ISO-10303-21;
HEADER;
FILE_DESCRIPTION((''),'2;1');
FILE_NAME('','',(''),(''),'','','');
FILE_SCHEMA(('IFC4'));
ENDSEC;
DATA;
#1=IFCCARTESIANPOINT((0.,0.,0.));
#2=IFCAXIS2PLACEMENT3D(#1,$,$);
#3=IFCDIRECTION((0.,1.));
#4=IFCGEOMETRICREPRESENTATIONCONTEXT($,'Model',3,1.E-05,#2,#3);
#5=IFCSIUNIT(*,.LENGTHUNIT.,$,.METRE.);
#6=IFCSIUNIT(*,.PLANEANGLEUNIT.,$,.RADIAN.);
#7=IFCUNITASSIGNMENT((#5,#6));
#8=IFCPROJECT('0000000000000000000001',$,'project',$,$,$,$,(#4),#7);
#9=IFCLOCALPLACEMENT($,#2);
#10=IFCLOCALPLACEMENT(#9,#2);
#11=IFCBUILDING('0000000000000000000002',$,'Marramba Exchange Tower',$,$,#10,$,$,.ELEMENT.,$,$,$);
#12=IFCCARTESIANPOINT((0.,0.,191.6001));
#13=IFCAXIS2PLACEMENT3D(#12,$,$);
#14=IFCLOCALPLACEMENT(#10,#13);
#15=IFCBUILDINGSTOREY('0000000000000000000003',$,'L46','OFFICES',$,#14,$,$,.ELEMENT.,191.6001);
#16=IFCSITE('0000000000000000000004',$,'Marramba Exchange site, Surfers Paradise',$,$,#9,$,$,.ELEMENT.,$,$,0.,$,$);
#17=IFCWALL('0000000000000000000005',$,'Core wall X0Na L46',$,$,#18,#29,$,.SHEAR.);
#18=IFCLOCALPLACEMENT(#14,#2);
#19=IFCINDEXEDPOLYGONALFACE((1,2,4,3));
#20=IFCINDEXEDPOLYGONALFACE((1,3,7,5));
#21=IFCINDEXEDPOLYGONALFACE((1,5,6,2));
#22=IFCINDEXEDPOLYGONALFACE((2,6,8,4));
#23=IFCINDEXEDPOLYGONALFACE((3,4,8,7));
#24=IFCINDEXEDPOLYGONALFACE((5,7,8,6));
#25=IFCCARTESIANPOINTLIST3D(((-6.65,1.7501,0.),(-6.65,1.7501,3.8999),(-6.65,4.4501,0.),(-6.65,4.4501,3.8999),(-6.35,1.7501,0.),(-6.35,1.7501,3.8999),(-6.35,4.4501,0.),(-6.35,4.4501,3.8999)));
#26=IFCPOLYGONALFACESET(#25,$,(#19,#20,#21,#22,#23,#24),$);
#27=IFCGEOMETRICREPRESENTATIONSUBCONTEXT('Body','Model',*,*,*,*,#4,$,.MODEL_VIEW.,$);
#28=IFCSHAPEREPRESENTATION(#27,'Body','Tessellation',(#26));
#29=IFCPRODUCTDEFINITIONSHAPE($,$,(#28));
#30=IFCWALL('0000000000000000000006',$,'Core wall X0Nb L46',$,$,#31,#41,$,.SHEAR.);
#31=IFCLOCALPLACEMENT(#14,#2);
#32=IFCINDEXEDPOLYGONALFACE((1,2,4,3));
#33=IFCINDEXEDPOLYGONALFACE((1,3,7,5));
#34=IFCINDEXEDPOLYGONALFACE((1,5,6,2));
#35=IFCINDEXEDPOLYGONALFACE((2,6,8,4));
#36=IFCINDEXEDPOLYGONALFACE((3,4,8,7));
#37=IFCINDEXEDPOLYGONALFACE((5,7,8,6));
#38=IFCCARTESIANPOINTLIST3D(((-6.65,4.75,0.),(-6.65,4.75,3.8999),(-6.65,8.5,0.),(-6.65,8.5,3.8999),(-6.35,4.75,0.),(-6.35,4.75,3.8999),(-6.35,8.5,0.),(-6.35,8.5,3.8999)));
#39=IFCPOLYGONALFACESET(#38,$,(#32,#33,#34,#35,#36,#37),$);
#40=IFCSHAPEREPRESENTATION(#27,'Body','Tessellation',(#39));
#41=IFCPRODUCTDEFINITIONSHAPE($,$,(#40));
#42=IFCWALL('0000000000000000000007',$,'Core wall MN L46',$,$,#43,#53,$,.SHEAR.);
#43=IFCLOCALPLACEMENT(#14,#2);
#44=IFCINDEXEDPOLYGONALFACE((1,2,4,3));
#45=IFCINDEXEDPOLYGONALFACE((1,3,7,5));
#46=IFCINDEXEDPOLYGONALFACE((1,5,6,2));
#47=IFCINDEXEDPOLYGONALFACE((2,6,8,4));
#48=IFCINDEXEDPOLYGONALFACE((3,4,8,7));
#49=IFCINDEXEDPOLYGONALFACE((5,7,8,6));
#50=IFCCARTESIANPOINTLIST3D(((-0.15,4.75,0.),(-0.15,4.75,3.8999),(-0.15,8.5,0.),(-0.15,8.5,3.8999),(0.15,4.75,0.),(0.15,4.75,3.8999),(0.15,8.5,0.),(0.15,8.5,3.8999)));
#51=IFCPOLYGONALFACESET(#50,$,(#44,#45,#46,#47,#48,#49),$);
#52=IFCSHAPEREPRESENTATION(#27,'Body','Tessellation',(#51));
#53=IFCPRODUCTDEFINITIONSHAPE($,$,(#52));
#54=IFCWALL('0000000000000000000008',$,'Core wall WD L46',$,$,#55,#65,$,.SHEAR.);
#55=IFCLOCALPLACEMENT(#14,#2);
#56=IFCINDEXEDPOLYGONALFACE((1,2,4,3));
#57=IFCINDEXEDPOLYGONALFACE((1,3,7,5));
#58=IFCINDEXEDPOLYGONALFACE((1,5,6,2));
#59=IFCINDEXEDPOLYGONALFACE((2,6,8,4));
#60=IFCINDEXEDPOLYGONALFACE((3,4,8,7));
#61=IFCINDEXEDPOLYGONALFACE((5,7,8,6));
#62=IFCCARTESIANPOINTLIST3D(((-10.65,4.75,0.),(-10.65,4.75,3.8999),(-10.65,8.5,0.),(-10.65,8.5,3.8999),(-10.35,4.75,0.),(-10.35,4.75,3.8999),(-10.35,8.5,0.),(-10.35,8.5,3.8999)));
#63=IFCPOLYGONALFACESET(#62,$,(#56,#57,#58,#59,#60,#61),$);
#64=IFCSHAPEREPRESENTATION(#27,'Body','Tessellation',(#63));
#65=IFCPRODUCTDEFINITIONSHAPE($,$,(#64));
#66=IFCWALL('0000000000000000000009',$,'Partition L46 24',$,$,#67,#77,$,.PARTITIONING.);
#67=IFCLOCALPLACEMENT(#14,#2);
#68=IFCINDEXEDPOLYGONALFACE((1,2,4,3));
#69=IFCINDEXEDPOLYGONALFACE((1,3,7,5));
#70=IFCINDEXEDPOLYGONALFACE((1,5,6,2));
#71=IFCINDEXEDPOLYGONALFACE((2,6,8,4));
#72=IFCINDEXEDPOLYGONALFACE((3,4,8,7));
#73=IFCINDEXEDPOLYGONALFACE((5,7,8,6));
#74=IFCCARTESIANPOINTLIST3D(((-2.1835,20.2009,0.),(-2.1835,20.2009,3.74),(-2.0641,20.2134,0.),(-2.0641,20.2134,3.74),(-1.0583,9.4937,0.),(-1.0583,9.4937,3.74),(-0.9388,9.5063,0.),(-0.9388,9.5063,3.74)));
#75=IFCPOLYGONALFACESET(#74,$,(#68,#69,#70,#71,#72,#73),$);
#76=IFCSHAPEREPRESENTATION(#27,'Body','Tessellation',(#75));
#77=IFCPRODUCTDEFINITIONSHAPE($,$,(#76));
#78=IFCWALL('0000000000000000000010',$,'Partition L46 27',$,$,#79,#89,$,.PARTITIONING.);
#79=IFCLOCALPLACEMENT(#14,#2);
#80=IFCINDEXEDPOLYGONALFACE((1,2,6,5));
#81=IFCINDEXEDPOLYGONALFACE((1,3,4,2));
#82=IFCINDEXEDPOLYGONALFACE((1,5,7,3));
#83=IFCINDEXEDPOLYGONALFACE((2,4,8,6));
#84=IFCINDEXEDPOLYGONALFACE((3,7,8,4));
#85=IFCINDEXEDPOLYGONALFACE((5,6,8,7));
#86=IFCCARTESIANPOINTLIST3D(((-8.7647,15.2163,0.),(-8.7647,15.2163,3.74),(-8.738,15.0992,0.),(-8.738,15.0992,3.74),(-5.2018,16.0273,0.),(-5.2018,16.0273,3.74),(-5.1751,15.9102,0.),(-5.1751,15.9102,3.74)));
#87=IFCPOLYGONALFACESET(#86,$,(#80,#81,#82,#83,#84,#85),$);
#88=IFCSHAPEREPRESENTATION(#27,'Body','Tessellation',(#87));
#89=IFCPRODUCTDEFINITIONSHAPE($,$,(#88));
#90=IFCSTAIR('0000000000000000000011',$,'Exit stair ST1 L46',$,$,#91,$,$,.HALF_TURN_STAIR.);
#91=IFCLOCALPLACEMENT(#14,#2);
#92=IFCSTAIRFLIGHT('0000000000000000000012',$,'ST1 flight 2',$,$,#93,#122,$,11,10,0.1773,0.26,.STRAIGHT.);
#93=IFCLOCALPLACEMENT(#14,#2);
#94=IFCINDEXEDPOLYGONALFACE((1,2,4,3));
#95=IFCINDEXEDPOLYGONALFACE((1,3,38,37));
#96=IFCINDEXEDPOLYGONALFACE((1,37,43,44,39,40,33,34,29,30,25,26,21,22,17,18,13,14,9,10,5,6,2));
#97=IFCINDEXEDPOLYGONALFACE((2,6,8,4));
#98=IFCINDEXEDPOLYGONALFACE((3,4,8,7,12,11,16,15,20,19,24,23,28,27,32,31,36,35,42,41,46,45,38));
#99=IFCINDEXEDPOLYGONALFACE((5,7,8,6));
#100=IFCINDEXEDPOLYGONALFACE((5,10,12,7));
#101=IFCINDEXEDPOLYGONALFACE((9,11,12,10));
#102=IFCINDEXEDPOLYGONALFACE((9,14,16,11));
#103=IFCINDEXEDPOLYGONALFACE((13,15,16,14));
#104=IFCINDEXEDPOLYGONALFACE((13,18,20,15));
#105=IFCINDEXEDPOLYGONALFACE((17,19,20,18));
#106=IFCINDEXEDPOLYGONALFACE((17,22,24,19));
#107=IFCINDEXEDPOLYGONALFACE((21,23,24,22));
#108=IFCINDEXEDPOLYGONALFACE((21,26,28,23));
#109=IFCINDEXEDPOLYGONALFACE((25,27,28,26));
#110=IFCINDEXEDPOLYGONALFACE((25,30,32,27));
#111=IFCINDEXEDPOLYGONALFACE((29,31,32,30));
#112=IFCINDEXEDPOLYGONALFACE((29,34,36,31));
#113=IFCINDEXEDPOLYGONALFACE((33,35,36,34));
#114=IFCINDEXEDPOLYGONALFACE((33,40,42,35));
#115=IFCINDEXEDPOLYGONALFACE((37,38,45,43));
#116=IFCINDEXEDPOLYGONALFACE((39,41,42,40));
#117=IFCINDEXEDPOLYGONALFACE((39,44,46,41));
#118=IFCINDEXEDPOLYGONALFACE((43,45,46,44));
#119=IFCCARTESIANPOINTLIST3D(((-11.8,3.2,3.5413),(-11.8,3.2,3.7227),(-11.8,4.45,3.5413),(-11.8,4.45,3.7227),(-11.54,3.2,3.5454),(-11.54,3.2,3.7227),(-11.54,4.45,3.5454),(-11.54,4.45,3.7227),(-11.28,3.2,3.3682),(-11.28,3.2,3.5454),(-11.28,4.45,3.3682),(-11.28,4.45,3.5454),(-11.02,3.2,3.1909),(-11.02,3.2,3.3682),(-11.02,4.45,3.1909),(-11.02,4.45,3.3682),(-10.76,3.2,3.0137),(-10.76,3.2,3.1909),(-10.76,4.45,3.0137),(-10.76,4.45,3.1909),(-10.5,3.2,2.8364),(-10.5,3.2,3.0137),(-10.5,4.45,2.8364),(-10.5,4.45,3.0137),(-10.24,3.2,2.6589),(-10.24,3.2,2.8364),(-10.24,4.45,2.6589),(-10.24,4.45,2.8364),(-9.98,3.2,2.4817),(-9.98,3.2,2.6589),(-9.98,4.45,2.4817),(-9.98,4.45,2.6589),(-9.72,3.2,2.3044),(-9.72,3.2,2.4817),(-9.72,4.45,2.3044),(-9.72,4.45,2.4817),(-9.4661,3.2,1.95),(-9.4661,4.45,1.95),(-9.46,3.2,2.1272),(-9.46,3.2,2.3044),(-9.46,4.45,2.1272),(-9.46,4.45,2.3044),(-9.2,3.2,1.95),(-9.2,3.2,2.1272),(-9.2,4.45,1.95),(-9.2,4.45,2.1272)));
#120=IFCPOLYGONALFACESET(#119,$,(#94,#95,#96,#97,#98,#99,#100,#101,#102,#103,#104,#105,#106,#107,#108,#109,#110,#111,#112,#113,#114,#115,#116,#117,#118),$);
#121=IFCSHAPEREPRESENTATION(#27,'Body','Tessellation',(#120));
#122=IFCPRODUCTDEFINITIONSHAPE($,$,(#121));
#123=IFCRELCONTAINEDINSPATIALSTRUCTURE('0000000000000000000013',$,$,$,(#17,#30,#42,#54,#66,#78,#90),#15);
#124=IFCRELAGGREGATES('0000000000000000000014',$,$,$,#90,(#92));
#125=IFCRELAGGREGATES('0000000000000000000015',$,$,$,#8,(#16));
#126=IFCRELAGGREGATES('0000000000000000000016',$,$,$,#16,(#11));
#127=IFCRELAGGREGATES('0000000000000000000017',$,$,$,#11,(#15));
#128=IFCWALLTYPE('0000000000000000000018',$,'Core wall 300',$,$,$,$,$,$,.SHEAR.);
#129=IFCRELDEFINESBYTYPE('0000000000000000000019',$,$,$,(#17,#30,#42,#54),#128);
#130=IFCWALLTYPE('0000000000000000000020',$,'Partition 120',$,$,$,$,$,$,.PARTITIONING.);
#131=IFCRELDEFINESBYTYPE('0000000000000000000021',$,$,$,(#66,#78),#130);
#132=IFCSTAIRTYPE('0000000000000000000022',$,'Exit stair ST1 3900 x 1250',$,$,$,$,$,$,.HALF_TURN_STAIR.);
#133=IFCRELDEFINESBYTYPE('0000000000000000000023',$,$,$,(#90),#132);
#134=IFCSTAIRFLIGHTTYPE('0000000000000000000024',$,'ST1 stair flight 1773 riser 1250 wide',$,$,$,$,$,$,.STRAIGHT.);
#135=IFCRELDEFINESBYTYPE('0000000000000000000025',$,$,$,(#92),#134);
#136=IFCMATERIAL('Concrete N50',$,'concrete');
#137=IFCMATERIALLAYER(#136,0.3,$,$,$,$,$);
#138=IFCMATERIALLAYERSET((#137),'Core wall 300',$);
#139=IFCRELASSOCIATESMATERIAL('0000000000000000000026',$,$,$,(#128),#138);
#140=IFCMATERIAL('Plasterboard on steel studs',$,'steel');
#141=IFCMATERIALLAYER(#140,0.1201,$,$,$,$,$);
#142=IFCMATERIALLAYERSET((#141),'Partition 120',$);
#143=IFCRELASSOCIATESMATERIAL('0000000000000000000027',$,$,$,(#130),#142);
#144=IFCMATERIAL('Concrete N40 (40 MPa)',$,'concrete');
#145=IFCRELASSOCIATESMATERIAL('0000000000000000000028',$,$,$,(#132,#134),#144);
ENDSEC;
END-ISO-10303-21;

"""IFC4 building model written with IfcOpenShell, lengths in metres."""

from ifc_helpers import new_model, si_unit, direction, frame, frame_2d, origin, place, context, subcontext, project, spatial, polyline, rectangle, outline, extrude, material, layer, layer_set, type_object, element, aggregate, save


model = new_model("IFC4")

# Units and contexts
model_context = context("Model", 3, precision=1e-05, world=origin(), true_north=direction((0.0, 1.0)))
body_context = subcontext(model_context, "Body", "Model", "MODEL_VIEW")
ifc_project = project(units=[si_unit("LENGTHUNIT", "METRE"), si_unit("PLANEANGLEUNIT", "RADIAN")], contexts=[model_context])

# Site, building, storey
site_placement = place(None, origin())
site = spatial("IfcSite", under=ifc_project, at=site_placement, Name="Marramba Exchange site, Surfers Paradise", CompositionType="ELEMENT", RefElevation=0.0)
building_placement = place(site_placement, origin())
building = spatial("IfcBuilding", under=site, at=building_placement, Name="Marramba Exchange Tower", CompositionType="ELEMENT")
storey_placement = place(building_placement, frame((0.0, 0.0, 191.6001)))
storey = spatial("IfcBuildingStorey", under=building, at=storey_placement, Name="L46", Description="OFFICES", CompositionType="ELEMENT", Elevation=191.6001)

# Walls
ifc_material_1 = material(Name="Concrete N50", Category="concrete")
ifc_layer_1 = layer(ifc_material_1, 0.3)
ifc_layer_set_1 = layer_set([ifc_layer_1], Name="Core wall 300")
wall_type_1 = type_object("IfcWallType", Name="Core wall 300", PredefinedType="SHEAR", material=ifc_layer_set_1)
wall_1_placement = place(storey_placement, frame((-6.5, 1.75, 0.0), z_axis=(0.0, 0.0, 1.0), x_axis=(0.0, 1.0, 0.0)))
element("IfcWall", 1, at=wall_1_placement, inside=storey, type_object=wall_type_1, Name="Core wall X0Na L46", PredefinedType="SHEAR", context=body_context, shape_type="SweptSolid", body=[
    extrude(rectangle(XDim=2.7, YDim=0.3, at=frame_2d((1.3501, 0.0))), origin(), (0.0, 0.0, 1.0), 3.8999),
])
for number, where, z_axis, x_axis, name in (
    (2, (-6.5, 4.75, 0.0), (0.0, 0.0, 1.0), (0.0, 1.0, 0.0), "Core wall X0Nb L46"),
    (3, (0.0, 4.75, 0.0), (0.0, 0.0, 1.0), (0.0, 1.0, 0.0), "Core wall MN L46"),
    (4, (-10.5, 4.75, 0.0), (0.0, 0.0, 1.0), (0.0, 1.0, 0.0), "Core wall WD L46"),
):
    element("IfcWall", number, at=place(storey_placement, frame(where, z_axis=z_axis, x_axis=x_axis)), inside=storey, type_object=wall_type_1, Name=name, PredefinedType="SHEAR", context=body_context, shape_type="SweptSolid", body=[
        extrude(rectangle(XDim=3.75, YDim=0.3, at=frame_2d((1.875, 0.0))), origin(), (0.0, 0.0, 1.0), 3.8999),
    ])
ifc_material_2 = material(Name="Plasterboard on steel studs", Category="steel")
ifc_layer_2 = layer(ifc_material_2, 0.1201)
ifc_layer_set_2 = layer_set([ifc_layer_2], Name="Partition 120")
wall_type_2 = type_object("IfcWallType", Name="Partition 120", PredefinedType="PARTITIONING", material=ifc_layer_set_2)
wall_2_placement = place(storey_placement, frame((-0.9985, 9.5, 0.0), z_axis=(0.0, 0.0, 1.0), x_axis=(-0.104518, 0.994523, 0.0)))
element("IfcWall", 5, at=wall_2_placement, inside=storey, type_object=wall_type_2, Name="Partition L46 24", PredefinedType="PARTITIONING", context=body_context, shape_type="SweptSolid", body=[
    extrude(rectangle(XDim=10.7661, YDim=0.1201, at=frame_2d((5.3831, 0.0))), origin(), (0.0, 0.0, 1.0), 3.74),
])

# Wall
wall_3_placement = place(storey_placement, frame((-8.7515, 15.1577, 0.0), z_axis=(0.0, 0.0, 1.0), x_axis=(0.975058, 0.22195, 0.0)))
element("IfcWall", 6, at=wall_3_placement, inside=storey, type_object=wall_type_2, Name="Partition L46 27", PredefinedType="PARTITIONING", context=body_context, shape_type="SweptSolid", body=[
    extrude(rectangle(XDim=3.6541, YDim=0.1201, at=frame_2d((1.8271, 0.0))), origin(), (0.0, 0.0, 1.0), 3.74),
])

# Stair, stair flight
ifc_material_3 = material(Name="Concrete N40 (40 MPa)", Category="concrete")
stair_type = type_object("IfcStairType", Name="Exit stair ST1 3900 x 1250", PredefinedType="HALF_TURN_STAIR", material=ifc_material_3)
stair_placement = place(storey_placement, origin())
stair = element("IfcStair", 7, at=stair_placement, inside=storey, type_object=stair_type, Name="Exit stair ST1 L46", PredefinedType="HALF_TURN_STAIR")
stair_flight_type = type_object("IfcStairFlightType", Name="ST1 stair flight 1773 riser 1250 wide", PredefinedType="STRAIGHT", material=ifc_material_3)
stair_flight_placement = place(storey_placement, frame((-9.2, 3.825, 1.95), z_axis=(0.0, 0.0, 1.0), x_axis=(-1.0, 0.0, 0.0)))
stair_flight = element("IfcStairFlight", 8, at=stair_flight_placement, type_object=stair_flight_type, Name="ST1 flight 2", NumberOfRisers=11, NumberOfTreads=10, PredefinedType="STRAIGHT", RiserHeight=0.1773, TreadLength=0.26, context=body_context, shape_type="SweptSolid", body=[
    extrude(outline(polyline([(0.0, 0.0), (0.0, 0.1772), (0.26, 0.1772), (0.26, 0.3545), (0.52, 0.3545), (0.52, 0.5317), (0.78, 0.5317), (0.78, 0.709), (1.04, 0.709), (1.04, 0.8865), (1.3, 0.8865), (1.3, 1.0637), (1.5601, 1.0637), (1.5601, 1.241), (1.8201, 1.241), (1.8201, 1.4182), (2.0801, 1.4182), (2.0801, 1.5955), (2.3401, 1.5955), (2.3401, 1.7727), (2.6001, 1.7727), (2.6001, 1.95), (2.6001, 1.5913), (0.2661, 0.0), (0.0, 0.0)])), frame((0.0, 0.625, 0.0), z_axis=(0.0, -1.0, 0.0), x_axis=(1.0, 0.0, 0.0)), (0.0, 0.0, 1.0), 1.25),
])
aggregate(stair, [stair_flight])

save(model, "model.ifc")
